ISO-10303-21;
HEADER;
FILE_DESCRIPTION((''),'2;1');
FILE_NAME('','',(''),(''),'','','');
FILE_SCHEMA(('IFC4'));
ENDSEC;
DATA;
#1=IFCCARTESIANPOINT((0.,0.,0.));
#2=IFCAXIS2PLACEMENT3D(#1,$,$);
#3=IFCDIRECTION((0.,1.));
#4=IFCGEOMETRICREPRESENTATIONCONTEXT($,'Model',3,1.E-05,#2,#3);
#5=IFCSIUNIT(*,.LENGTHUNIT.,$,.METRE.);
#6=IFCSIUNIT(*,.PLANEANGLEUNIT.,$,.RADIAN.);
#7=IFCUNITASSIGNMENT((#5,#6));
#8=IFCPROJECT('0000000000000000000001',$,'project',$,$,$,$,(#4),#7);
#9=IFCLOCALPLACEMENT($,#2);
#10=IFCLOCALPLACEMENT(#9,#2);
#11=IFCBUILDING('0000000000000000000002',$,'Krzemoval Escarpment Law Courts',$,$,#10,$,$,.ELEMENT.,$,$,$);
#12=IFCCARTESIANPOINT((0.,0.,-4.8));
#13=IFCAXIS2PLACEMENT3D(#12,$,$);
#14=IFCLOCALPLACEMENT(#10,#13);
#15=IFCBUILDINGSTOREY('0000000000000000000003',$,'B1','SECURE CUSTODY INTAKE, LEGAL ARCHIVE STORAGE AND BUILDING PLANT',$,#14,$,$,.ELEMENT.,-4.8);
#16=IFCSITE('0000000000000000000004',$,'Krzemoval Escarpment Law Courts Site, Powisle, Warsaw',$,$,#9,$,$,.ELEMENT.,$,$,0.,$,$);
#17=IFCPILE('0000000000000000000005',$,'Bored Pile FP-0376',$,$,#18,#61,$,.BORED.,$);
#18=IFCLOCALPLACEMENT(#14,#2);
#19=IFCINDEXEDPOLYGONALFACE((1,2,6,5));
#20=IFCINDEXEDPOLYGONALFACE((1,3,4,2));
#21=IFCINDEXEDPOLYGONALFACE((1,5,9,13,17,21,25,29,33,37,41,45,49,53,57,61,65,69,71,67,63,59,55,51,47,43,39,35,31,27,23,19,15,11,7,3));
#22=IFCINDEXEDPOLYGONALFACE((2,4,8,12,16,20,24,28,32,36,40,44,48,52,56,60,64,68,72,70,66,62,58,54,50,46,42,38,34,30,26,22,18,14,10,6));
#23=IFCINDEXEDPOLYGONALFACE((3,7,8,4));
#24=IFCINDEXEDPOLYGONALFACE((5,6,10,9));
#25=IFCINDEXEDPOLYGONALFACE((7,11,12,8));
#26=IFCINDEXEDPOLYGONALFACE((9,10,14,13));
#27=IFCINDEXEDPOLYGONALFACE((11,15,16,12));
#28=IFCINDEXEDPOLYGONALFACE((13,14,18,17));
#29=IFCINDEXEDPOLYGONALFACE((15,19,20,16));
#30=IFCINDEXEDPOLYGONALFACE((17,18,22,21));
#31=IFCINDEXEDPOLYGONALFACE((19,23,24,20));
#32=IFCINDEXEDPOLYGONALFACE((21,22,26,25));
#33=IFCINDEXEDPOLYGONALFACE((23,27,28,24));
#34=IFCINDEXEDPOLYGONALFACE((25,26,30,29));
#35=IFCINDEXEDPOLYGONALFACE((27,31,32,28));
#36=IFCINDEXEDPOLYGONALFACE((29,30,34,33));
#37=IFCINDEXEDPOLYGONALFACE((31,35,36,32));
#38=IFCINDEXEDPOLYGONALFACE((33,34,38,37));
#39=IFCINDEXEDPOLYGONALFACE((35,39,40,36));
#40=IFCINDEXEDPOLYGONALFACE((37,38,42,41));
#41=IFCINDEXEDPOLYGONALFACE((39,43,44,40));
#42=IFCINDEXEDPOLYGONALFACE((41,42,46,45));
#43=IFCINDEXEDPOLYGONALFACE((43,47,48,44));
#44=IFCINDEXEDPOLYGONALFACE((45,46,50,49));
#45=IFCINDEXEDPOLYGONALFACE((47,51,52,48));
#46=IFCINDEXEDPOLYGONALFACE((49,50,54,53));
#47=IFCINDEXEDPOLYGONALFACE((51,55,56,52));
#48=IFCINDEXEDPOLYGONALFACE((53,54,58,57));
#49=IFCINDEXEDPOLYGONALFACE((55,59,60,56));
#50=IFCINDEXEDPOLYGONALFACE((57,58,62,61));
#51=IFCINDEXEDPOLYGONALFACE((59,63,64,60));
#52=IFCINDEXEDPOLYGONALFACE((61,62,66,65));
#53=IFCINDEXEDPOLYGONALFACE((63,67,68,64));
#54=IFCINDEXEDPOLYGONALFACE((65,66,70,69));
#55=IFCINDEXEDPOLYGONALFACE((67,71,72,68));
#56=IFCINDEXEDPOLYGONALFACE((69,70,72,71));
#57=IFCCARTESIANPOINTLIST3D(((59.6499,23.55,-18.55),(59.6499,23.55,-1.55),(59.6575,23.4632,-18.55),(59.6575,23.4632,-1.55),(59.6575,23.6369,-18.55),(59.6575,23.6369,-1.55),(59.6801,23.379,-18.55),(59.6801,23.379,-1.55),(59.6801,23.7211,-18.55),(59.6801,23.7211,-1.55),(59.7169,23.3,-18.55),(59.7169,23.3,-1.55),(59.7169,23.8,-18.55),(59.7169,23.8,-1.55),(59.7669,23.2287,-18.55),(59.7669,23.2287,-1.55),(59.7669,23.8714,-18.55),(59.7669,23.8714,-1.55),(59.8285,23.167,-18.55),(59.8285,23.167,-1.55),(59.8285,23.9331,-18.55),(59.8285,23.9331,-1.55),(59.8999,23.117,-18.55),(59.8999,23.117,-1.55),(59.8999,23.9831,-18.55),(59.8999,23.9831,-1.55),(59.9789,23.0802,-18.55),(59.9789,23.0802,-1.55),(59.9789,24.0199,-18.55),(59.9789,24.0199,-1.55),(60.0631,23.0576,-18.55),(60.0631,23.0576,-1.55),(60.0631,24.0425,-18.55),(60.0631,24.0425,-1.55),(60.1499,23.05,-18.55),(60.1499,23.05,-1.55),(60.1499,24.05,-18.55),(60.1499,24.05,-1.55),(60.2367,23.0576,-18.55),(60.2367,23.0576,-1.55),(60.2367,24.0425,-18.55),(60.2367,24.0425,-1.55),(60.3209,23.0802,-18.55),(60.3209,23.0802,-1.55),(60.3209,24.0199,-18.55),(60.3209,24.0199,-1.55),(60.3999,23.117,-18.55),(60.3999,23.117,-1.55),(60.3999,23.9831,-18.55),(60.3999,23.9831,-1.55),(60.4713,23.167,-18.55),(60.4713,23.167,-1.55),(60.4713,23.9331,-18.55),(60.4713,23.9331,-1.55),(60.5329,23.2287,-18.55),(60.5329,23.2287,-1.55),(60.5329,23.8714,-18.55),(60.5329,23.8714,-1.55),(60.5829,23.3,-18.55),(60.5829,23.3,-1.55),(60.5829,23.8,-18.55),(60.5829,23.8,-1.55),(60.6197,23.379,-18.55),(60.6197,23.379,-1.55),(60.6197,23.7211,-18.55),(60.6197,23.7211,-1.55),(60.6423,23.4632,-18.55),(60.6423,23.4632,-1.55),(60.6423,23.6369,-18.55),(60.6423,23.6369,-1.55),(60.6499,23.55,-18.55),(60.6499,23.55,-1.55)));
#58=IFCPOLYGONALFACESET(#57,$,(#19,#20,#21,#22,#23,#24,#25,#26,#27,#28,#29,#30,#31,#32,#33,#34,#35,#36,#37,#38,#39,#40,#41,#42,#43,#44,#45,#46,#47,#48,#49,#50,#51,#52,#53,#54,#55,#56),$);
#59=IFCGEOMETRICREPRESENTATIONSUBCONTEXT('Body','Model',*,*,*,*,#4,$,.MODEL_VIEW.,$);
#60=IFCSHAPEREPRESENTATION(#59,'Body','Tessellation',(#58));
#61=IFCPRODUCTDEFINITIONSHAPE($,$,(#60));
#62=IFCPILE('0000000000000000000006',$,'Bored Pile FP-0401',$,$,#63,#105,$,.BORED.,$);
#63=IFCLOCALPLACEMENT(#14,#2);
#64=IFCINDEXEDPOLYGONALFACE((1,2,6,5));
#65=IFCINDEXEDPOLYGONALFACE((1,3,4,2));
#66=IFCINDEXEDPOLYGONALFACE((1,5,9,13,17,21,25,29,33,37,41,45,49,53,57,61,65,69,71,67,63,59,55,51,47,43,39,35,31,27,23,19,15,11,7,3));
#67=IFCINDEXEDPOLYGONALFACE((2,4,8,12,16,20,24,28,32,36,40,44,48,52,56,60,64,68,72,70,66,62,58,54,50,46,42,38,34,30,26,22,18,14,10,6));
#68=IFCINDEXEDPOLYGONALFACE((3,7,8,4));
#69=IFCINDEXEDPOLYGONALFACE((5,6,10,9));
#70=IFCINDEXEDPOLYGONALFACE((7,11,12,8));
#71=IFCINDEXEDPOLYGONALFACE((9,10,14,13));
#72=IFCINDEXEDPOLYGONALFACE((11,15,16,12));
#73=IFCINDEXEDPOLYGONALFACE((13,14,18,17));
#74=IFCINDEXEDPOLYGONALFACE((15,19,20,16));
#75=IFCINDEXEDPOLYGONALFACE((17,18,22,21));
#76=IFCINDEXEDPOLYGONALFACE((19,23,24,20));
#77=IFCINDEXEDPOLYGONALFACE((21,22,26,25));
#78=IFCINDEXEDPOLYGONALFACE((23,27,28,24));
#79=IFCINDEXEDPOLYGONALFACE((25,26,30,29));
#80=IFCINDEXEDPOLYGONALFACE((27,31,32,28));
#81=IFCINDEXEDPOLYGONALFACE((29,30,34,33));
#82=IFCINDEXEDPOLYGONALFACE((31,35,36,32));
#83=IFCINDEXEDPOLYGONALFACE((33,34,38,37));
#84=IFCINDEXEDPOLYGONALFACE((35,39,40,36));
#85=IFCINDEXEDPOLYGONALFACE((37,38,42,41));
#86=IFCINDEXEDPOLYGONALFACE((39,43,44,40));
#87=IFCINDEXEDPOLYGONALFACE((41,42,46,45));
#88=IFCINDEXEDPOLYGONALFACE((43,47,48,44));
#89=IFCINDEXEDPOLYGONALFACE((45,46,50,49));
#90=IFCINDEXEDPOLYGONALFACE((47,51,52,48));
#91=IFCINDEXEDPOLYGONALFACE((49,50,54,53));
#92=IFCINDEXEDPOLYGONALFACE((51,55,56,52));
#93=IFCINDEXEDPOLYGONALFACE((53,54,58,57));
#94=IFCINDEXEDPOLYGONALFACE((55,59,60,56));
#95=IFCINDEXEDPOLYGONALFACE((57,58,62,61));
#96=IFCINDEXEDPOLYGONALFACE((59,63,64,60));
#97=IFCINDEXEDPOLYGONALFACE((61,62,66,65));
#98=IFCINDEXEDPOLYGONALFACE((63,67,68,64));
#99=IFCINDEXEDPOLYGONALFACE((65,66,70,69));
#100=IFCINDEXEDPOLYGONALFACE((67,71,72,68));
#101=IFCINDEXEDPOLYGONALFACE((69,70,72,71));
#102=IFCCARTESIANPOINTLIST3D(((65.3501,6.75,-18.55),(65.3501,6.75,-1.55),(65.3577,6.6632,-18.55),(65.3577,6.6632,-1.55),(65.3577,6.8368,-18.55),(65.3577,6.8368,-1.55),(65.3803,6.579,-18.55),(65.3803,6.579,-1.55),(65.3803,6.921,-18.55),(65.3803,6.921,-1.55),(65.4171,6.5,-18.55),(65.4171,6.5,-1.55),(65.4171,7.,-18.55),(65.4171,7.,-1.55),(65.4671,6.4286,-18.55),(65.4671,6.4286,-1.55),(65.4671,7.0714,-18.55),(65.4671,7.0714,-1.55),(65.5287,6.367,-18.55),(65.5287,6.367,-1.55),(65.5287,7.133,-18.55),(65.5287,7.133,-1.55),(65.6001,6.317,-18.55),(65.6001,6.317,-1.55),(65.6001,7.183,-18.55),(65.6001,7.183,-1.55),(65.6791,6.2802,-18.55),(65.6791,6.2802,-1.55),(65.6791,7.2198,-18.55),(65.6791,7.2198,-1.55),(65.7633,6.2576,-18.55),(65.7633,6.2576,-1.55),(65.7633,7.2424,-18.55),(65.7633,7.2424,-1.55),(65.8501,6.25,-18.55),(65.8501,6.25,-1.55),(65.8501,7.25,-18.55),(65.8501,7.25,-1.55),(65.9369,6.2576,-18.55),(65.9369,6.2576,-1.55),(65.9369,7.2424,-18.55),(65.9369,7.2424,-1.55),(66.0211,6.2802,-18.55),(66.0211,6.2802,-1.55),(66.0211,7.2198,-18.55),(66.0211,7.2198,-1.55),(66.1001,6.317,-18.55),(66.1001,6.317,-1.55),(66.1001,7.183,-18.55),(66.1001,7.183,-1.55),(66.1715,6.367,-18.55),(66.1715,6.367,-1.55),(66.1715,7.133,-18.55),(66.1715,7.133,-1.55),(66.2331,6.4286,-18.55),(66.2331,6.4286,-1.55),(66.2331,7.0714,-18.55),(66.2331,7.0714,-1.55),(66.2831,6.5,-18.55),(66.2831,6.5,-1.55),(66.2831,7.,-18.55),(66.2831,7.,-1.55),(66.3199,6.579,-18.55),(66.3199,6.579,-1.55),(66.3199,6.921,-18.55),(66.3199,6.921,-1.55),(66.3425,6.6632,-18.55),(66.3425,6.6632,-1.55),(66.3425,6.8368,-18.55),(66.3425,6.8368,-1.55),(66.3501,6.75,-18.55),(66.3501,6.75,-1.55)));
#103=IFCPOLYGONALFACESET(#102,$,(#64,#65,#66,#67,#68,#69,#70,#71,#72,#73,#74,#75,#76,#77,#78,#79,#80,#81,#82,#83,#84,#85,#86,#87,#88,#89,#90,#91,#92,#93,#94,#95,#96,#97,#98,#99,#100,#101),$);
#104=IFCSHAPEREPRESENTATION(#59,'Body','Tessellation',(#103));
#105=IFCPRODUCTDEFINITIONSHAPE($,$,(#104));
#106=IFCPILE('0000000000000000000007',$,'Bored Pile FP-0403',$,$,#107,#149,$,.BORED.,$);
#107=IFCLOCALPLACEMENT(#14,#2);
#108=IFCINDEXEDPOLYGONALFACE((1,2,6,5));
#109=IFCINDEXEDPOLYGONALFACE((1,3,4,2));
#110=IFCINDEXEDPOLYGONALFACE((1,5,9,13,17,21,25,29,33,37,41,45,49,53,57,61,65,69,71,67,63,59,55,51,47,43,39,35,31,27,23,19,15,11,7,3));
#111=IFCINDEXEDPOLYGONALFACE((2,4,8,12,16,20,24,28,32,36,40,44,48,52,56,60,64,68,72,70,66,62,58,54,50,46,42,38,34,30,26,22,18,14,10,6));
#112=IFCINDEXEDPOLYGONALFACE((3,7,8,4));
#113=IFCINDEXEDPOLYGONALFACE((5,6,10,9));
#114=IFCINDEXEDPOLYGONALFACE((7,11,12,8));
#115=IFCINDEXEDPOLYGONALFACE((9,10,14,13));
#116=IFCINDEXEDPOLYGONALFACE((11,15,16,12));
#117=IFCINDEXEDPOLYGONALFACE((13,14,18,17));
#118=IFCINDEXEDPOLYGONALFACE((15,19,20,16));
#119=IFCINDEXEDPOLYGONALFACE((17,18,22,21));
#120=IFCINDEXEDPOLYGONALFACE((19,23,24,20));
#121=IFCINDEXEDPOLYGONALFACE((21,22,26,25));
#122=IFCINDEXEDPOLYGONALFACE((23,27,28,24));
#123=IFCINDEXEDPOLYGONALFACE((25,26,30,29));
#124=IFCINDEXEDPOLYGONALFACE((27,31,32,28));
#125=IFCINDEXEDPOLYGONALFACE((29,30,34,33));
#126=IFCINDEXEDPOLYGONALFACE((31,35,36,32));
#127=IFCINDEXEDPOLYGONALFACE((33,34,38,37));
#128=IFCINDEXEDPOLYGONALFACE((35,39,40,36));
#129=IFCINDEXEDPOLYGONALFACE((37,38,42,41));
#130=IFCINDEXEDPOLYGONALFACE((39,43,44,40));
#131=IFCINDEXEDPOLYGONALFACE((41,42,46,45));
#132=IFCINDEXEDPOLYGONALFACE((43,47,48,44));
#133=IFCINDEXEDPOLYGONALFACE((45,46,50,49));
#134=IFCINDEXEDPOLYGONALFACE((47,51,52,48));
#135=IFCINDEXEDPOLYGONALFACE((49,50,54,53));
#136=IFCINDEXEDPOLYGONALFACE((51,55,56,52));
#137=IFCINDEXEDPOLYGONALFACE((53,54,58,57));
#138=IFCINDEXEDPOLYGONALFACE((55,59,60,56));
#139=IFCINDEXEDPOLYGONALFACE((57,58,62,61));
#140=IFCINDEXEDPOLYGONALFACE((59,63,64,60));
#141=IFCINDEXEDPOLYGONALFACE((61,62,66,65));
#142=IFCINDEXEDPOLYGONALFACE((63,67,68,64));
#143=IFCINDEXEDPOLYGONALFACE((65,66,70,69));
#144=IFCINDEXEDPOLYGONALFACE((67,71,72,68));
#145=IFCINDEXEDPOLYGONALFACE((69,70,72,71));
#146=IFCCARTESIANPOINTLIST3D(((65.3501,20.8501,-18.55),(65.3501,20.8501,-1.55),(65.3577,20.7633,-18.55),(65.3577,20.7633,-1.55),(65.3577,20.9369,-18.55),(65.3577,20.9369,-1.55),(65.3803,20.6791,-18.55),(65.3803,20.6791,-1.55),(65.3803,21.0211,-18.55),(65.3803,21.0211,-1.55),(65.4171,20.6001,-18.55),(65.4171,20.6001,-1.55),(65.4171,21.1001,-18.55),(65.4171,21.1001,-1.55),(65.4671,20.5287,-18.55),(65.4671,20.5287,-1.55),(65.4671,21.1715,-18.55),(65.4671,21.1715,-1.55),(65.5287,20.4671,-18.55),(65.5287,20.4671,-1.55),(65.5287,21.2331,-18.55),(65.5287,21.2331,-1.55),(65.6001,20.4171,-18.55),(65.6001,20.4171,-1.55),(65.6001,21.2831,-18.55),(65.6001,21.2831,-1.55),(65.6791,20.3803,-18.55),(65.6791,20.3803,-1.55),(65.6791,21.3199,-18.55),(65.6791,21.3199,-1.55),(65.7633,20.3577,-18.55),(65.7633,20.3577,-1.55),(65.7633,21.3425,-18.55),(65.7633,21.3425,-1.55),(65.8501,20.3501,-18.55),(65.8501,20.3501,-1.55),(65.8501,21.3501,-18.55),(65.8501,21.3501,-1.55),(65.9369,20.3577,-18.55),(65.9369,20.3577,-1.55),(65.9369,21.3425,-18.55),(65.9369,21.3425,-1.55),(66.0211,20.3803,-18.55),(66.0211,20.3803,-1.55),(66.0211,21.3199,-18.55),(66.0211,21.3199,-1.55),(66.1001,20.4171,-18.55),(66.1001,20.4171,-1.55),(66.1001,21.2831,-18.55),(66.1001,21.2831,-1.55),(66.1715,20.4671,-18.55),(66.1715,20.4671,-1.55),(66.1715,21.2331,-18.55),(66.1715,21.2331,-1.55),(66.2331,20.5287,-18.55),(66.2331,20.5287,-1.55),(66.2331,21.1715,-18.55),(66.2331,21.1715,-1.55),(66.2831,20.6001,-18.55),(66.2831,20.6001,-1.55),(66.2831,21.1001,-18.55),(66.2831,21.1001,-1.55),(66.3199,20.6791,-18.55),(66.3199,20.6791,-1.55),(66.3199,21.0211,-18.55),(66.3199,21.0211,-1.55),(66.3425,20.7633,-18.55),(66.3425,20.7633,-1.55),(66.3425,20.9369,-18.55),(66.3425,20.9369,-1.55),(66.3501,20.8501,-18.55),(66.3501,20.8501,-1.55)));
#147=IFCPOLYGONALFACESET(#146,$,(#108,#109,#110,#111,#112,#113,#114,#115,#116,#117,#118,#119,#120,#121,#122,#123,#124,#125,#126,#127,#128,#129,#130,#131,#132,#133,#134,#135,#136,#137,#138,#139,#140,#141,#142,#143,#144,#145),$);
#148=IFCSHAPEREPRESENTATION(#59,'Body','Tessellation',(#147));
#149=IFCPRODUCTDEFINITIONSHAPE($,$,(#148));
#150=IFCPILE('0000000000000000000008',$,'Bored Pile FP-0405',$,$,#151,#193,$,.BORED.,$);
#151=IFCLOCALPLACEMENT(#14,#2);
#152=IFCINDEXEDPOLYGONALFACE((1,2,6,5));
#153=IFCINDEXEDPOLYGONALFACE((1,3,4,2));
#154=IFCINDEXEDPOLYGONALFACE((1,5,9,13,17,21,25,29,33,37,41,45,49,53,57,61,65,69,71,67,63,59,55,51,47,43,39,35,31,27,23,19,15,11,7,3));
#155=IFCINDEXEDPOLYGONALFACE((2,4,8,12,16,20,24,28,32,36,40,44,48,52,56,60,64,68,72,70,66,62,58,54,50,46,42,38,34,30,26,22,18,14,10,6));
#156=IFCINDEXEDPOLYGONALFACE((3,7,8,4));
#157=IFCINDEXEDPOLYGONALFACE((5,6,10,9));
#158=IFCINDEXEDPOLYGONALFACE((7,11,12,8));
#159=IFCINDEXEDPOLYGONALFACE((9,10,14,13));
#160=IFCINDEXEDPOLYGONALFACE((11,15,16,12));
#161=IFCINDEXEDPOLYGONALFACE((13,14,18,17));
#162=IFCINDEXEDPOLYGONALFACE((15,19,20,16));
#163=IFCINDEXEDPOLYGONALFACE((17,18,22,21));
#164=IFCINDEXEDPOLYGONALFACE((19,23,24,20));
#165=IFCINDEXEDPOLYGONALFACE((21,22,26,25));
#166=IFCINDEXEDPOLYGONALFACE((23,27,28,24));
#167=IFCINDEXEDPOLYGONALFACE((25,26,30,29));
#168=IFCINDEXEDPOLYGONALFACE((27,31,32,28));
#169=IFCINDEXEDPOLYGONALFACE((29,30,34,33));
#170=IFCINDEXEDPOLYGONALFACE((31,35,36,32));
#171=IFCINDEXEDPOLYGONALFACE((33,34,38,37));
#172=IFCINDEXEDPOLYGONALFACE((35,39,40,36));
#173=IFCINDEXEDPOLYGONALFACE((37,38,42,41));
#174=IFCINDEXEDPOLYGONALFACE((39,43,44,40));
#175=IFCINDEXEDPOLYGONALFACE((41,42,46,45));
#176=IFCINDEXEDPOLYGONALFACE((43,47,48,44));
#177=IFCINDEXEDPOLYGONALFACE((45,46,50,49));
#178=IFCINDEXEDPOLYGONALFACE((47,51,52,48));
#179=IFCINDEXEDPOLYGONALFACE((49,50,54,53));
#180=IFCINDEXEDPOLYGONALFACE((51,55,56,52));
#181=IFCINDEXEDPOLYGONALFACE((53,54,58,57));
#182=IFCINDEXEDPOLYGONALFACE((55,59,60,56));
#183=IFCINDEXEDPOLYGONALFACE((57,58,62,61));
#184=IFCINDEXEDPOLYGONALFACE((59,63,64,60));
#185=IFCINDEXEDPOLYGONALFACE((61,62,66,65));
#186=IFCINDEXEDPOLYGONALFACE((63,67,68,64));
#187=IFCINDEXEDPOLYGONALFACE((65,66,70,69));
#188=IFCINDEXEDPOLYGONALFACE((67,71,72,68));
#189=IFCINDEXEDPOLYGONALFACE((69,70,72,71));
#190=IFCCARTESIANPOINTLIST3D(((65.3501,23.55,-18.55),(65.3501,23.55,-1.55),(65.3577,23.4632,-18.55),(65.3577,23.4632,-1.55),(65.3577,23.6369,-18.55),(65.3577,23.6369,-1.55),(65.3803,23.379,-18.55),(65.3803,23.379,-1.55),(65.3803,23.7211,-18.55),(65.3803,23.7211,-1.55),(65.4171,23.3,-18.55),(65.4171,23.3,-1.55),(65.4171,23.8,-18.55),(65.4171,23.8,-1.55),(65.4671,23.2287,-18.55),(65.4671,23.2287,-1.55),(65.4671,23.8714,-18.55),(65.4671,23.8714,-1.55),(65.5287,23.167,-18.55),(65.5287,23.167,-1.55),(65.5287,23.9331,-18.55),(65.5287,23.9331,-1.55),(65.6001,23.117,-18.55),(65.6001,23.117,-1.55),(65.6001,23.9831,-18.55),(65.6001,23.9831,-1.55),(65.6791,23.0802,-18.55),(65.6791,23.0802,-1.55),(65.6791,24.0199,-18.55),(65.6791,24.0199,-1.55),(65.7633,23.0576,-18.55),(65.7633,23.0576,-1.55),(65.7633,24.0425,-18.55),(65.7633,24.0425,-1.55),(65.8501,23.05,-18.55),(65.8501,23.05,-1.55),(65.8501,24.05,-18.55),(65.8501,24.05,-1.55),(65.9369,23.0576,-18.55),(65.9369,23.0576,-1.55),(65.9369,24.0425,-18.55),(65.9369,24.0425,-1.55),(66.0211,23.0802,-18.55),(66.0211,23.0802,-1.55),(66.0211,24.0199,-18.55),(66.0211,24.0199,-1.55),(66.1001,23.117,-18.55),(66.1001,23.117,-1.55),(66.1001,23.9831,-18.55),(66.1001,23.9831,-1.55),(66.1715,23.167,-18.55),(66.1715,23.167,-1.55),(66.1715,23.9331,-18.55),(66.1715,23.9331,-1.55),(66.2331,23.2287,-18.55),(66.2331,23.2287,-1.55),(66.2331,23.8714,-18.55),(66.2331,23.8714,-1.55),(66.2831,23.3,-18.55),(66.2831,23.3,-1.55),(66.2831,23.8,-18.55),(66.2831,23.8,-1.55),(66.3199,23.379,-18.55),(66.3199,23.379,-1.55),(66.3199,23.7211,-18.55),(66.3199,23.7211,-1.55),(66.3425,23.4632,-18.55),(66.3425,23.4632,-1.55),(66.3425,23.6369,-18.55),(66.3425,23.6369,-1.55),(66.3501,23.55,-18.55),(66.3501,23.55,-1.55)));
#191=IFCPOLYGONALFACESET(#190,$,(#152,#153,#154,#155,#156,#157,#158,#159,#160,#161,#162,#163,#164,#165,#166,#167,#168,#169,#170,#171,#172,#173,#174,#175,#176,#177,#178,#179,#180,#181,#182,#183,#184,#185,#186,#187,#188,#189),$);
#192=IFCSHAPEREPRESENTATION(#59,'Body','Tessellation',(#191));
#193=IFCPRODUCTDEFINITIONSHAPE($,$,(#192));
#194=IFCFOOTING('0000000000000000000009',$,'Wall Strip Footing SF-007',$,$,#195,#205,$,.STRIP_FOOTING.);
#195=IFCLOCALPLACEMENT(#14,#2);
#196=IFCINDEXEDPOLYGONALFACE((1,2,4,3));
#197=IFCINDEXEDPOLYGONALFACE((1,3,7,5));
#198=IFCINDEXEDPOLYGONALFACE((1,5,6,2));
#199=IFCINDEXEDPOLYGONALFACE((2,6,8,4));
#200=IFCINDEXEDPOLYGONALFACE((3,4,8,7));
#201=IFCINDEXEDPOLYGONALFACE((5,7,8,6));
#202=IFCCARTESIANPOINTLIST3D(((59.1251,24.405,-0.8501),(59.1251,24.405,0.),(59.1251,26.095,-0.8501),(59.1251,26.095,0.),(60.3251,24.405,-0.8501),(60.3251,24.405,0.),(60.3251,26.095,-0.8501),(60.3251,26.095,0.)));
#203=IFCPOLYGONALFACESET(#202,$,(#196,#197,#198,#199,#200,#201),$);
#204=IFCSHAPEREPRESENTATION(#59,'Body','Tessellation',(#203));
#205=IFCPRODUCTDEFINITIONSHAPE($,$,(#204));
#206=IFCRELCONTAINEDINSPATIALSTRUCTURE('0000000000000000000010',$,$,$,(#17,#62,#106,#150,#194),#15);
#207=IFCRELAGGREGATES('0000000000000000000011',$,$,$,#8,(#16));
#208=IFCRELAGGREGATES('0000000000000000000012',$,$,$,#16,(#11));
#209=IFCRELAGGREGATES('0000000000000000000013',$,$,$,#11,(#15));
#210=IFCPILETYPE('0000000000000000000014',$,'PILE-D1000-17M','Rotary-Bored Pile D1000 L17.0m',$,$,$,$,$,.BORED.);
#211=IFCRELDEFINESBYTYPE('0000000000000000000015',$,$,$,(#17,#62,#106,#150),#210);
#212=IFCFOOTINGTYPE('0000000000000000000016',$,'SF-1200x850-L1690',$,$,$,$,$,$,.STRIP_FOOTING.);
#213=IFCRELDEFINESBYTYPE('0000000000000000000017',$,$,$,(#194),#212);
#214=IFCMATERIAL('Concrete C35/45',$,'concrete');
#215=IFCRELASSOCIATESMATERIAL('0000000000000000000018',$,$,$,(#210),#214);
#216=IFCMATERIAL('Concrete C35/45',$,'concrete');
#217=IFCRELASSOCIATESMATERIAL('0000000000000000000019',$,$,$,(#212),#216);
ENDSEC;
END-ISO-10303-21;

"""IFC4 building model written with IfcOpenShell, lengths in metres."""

from ifc_helpers import new_model, si_unit, direction, frame, origin, origin_2d, place, context, subcontext, project, spatial, rectangle, circle, extrude, material, material_profile, profile_set, type_object, element, save


model = new_model("IFC4")

# Units and contexts
model_context = context("Model", 3, precision=1e-05, world=origin(), true_north=direction((0.0, 1.0)))
body_context = subcontext(model_context, "Body", "Model", "MODEL_VIEW")
ifc_project = project(units=[si_unit("LENGTHUNIT", "METRE"), si_unit("PLANEANGLEUNIT", "RADIAN")], contexts=[model_context])

# Site, building, storey
site_placement = place(None, origin())
site = spatial("IfcSite", under=ifc_project, at=site_placement, Name="Krzemoval Escarpment Law Courts Site, Powisle, Warsaw", CompositionType="ELEMENT", RefElevation=0.0)
building_placement = place(site_placement, origin())
building = spatial("IfcBuilding", under=site, at=building_placement, Name="Krzemoval Escarpment Law Courts", CompositionType="ELEMENT")
storey_placement = place(building_placement, frame((0.0, 0.0, -4.8)))
storey = spatial("IfcBuildingStorey", under=building, at=storey_placement, Name="B1", Description="SECURE CUSTODY INTAKE, LEGAL ARCHIVE STORAGE AND BUILDING PLANT", CompositionType="ELEMENT", Elevation=-4.8)

# Piles
ifc_material_1 = material(Name="Concrete C35/45", Category="concrete")
ifc_material_profile_1 = material_profile(ifc_material_1, circle(Radius=0.5, at=origin_2d()), Name="PILE D1000")
ifc_profile_set_1 = profile_set([ifc_material_profile_1], Name="Concrete C35/45")
pile_type = type_object("IfcPileType", Name="PILE-D1000-17M", Description="Rotary-Bored Pile D1000 L17.0m", PredefinedType="BORED", material=ifc_profile_set_1)
for number, where, z_axis, x_axis, name in (
    (1, (60.1499, 23.55, -1.55), (0.0, 0.0, -1.0), (1.0, 0.0, 0.0), "Bored Pile FP-0376"),
    (2, (65.8501, 6.75, -1.55), (0.0, 0.0, -1.0), (1.0, 0.0, 0.0), "Bored Pile FP-0401"),
    (3, (65.8501, 20.8501, -1.55), (0.0, 0.0, -1.0), (1.0, 0.0, 0.0), "Bored Pile FP-0403"),
    (4, (65.8501, 23.55, -1.55), (0.0, 0.0, -1.0), (1.0, 0.0, 0.0), "Bored Pile FP-0405"),
):
    element("IfcPile", number, at=place(storey_placement, frame(where, z_axis=z_axis, x_axis=x_axis)), inside=storey, type_object=pile_type, Name=name, PredefinedType="BORED", context=body_context, shape_type="SweptSolid", body=[
        extrude(circle(Radius=0.5, at=origin_2d()), origin(), (0.0, 0.0, 1.0), 17.0),
    ])

# Footing
ifc_material_2 = material(Name="Concrete C35/45", Category="concrete")
footing_type_1 = type_object("IfcFootingType", Name="SF-1200x850-L1690", PredefinedType="STRIP_FOOTING", material=ifc_material_2)
footing_1_placement = place(storey_placement, frame((59.7251, 25.25, -0.8501), z_axis=(0.0, 0.0, 1.0), x_axis=(0.0, 1.0, 0.0)))
element("IfcFooting", 5, at=footing_1_placement, inside=storey, type_object=footing_type_1, Name="Wall Strip Footing SF-007", PredefinedType="STRIP_FOOTING", context=body_context, shape_type="SweptSolid", body=[
    extrude(rectangle(XDim=1.6899, YDim=1.2, at=origin_2d()), origin(), (0.0, 0.0, 1.0), 0.8501),
])

save(model, "model.ifc")
